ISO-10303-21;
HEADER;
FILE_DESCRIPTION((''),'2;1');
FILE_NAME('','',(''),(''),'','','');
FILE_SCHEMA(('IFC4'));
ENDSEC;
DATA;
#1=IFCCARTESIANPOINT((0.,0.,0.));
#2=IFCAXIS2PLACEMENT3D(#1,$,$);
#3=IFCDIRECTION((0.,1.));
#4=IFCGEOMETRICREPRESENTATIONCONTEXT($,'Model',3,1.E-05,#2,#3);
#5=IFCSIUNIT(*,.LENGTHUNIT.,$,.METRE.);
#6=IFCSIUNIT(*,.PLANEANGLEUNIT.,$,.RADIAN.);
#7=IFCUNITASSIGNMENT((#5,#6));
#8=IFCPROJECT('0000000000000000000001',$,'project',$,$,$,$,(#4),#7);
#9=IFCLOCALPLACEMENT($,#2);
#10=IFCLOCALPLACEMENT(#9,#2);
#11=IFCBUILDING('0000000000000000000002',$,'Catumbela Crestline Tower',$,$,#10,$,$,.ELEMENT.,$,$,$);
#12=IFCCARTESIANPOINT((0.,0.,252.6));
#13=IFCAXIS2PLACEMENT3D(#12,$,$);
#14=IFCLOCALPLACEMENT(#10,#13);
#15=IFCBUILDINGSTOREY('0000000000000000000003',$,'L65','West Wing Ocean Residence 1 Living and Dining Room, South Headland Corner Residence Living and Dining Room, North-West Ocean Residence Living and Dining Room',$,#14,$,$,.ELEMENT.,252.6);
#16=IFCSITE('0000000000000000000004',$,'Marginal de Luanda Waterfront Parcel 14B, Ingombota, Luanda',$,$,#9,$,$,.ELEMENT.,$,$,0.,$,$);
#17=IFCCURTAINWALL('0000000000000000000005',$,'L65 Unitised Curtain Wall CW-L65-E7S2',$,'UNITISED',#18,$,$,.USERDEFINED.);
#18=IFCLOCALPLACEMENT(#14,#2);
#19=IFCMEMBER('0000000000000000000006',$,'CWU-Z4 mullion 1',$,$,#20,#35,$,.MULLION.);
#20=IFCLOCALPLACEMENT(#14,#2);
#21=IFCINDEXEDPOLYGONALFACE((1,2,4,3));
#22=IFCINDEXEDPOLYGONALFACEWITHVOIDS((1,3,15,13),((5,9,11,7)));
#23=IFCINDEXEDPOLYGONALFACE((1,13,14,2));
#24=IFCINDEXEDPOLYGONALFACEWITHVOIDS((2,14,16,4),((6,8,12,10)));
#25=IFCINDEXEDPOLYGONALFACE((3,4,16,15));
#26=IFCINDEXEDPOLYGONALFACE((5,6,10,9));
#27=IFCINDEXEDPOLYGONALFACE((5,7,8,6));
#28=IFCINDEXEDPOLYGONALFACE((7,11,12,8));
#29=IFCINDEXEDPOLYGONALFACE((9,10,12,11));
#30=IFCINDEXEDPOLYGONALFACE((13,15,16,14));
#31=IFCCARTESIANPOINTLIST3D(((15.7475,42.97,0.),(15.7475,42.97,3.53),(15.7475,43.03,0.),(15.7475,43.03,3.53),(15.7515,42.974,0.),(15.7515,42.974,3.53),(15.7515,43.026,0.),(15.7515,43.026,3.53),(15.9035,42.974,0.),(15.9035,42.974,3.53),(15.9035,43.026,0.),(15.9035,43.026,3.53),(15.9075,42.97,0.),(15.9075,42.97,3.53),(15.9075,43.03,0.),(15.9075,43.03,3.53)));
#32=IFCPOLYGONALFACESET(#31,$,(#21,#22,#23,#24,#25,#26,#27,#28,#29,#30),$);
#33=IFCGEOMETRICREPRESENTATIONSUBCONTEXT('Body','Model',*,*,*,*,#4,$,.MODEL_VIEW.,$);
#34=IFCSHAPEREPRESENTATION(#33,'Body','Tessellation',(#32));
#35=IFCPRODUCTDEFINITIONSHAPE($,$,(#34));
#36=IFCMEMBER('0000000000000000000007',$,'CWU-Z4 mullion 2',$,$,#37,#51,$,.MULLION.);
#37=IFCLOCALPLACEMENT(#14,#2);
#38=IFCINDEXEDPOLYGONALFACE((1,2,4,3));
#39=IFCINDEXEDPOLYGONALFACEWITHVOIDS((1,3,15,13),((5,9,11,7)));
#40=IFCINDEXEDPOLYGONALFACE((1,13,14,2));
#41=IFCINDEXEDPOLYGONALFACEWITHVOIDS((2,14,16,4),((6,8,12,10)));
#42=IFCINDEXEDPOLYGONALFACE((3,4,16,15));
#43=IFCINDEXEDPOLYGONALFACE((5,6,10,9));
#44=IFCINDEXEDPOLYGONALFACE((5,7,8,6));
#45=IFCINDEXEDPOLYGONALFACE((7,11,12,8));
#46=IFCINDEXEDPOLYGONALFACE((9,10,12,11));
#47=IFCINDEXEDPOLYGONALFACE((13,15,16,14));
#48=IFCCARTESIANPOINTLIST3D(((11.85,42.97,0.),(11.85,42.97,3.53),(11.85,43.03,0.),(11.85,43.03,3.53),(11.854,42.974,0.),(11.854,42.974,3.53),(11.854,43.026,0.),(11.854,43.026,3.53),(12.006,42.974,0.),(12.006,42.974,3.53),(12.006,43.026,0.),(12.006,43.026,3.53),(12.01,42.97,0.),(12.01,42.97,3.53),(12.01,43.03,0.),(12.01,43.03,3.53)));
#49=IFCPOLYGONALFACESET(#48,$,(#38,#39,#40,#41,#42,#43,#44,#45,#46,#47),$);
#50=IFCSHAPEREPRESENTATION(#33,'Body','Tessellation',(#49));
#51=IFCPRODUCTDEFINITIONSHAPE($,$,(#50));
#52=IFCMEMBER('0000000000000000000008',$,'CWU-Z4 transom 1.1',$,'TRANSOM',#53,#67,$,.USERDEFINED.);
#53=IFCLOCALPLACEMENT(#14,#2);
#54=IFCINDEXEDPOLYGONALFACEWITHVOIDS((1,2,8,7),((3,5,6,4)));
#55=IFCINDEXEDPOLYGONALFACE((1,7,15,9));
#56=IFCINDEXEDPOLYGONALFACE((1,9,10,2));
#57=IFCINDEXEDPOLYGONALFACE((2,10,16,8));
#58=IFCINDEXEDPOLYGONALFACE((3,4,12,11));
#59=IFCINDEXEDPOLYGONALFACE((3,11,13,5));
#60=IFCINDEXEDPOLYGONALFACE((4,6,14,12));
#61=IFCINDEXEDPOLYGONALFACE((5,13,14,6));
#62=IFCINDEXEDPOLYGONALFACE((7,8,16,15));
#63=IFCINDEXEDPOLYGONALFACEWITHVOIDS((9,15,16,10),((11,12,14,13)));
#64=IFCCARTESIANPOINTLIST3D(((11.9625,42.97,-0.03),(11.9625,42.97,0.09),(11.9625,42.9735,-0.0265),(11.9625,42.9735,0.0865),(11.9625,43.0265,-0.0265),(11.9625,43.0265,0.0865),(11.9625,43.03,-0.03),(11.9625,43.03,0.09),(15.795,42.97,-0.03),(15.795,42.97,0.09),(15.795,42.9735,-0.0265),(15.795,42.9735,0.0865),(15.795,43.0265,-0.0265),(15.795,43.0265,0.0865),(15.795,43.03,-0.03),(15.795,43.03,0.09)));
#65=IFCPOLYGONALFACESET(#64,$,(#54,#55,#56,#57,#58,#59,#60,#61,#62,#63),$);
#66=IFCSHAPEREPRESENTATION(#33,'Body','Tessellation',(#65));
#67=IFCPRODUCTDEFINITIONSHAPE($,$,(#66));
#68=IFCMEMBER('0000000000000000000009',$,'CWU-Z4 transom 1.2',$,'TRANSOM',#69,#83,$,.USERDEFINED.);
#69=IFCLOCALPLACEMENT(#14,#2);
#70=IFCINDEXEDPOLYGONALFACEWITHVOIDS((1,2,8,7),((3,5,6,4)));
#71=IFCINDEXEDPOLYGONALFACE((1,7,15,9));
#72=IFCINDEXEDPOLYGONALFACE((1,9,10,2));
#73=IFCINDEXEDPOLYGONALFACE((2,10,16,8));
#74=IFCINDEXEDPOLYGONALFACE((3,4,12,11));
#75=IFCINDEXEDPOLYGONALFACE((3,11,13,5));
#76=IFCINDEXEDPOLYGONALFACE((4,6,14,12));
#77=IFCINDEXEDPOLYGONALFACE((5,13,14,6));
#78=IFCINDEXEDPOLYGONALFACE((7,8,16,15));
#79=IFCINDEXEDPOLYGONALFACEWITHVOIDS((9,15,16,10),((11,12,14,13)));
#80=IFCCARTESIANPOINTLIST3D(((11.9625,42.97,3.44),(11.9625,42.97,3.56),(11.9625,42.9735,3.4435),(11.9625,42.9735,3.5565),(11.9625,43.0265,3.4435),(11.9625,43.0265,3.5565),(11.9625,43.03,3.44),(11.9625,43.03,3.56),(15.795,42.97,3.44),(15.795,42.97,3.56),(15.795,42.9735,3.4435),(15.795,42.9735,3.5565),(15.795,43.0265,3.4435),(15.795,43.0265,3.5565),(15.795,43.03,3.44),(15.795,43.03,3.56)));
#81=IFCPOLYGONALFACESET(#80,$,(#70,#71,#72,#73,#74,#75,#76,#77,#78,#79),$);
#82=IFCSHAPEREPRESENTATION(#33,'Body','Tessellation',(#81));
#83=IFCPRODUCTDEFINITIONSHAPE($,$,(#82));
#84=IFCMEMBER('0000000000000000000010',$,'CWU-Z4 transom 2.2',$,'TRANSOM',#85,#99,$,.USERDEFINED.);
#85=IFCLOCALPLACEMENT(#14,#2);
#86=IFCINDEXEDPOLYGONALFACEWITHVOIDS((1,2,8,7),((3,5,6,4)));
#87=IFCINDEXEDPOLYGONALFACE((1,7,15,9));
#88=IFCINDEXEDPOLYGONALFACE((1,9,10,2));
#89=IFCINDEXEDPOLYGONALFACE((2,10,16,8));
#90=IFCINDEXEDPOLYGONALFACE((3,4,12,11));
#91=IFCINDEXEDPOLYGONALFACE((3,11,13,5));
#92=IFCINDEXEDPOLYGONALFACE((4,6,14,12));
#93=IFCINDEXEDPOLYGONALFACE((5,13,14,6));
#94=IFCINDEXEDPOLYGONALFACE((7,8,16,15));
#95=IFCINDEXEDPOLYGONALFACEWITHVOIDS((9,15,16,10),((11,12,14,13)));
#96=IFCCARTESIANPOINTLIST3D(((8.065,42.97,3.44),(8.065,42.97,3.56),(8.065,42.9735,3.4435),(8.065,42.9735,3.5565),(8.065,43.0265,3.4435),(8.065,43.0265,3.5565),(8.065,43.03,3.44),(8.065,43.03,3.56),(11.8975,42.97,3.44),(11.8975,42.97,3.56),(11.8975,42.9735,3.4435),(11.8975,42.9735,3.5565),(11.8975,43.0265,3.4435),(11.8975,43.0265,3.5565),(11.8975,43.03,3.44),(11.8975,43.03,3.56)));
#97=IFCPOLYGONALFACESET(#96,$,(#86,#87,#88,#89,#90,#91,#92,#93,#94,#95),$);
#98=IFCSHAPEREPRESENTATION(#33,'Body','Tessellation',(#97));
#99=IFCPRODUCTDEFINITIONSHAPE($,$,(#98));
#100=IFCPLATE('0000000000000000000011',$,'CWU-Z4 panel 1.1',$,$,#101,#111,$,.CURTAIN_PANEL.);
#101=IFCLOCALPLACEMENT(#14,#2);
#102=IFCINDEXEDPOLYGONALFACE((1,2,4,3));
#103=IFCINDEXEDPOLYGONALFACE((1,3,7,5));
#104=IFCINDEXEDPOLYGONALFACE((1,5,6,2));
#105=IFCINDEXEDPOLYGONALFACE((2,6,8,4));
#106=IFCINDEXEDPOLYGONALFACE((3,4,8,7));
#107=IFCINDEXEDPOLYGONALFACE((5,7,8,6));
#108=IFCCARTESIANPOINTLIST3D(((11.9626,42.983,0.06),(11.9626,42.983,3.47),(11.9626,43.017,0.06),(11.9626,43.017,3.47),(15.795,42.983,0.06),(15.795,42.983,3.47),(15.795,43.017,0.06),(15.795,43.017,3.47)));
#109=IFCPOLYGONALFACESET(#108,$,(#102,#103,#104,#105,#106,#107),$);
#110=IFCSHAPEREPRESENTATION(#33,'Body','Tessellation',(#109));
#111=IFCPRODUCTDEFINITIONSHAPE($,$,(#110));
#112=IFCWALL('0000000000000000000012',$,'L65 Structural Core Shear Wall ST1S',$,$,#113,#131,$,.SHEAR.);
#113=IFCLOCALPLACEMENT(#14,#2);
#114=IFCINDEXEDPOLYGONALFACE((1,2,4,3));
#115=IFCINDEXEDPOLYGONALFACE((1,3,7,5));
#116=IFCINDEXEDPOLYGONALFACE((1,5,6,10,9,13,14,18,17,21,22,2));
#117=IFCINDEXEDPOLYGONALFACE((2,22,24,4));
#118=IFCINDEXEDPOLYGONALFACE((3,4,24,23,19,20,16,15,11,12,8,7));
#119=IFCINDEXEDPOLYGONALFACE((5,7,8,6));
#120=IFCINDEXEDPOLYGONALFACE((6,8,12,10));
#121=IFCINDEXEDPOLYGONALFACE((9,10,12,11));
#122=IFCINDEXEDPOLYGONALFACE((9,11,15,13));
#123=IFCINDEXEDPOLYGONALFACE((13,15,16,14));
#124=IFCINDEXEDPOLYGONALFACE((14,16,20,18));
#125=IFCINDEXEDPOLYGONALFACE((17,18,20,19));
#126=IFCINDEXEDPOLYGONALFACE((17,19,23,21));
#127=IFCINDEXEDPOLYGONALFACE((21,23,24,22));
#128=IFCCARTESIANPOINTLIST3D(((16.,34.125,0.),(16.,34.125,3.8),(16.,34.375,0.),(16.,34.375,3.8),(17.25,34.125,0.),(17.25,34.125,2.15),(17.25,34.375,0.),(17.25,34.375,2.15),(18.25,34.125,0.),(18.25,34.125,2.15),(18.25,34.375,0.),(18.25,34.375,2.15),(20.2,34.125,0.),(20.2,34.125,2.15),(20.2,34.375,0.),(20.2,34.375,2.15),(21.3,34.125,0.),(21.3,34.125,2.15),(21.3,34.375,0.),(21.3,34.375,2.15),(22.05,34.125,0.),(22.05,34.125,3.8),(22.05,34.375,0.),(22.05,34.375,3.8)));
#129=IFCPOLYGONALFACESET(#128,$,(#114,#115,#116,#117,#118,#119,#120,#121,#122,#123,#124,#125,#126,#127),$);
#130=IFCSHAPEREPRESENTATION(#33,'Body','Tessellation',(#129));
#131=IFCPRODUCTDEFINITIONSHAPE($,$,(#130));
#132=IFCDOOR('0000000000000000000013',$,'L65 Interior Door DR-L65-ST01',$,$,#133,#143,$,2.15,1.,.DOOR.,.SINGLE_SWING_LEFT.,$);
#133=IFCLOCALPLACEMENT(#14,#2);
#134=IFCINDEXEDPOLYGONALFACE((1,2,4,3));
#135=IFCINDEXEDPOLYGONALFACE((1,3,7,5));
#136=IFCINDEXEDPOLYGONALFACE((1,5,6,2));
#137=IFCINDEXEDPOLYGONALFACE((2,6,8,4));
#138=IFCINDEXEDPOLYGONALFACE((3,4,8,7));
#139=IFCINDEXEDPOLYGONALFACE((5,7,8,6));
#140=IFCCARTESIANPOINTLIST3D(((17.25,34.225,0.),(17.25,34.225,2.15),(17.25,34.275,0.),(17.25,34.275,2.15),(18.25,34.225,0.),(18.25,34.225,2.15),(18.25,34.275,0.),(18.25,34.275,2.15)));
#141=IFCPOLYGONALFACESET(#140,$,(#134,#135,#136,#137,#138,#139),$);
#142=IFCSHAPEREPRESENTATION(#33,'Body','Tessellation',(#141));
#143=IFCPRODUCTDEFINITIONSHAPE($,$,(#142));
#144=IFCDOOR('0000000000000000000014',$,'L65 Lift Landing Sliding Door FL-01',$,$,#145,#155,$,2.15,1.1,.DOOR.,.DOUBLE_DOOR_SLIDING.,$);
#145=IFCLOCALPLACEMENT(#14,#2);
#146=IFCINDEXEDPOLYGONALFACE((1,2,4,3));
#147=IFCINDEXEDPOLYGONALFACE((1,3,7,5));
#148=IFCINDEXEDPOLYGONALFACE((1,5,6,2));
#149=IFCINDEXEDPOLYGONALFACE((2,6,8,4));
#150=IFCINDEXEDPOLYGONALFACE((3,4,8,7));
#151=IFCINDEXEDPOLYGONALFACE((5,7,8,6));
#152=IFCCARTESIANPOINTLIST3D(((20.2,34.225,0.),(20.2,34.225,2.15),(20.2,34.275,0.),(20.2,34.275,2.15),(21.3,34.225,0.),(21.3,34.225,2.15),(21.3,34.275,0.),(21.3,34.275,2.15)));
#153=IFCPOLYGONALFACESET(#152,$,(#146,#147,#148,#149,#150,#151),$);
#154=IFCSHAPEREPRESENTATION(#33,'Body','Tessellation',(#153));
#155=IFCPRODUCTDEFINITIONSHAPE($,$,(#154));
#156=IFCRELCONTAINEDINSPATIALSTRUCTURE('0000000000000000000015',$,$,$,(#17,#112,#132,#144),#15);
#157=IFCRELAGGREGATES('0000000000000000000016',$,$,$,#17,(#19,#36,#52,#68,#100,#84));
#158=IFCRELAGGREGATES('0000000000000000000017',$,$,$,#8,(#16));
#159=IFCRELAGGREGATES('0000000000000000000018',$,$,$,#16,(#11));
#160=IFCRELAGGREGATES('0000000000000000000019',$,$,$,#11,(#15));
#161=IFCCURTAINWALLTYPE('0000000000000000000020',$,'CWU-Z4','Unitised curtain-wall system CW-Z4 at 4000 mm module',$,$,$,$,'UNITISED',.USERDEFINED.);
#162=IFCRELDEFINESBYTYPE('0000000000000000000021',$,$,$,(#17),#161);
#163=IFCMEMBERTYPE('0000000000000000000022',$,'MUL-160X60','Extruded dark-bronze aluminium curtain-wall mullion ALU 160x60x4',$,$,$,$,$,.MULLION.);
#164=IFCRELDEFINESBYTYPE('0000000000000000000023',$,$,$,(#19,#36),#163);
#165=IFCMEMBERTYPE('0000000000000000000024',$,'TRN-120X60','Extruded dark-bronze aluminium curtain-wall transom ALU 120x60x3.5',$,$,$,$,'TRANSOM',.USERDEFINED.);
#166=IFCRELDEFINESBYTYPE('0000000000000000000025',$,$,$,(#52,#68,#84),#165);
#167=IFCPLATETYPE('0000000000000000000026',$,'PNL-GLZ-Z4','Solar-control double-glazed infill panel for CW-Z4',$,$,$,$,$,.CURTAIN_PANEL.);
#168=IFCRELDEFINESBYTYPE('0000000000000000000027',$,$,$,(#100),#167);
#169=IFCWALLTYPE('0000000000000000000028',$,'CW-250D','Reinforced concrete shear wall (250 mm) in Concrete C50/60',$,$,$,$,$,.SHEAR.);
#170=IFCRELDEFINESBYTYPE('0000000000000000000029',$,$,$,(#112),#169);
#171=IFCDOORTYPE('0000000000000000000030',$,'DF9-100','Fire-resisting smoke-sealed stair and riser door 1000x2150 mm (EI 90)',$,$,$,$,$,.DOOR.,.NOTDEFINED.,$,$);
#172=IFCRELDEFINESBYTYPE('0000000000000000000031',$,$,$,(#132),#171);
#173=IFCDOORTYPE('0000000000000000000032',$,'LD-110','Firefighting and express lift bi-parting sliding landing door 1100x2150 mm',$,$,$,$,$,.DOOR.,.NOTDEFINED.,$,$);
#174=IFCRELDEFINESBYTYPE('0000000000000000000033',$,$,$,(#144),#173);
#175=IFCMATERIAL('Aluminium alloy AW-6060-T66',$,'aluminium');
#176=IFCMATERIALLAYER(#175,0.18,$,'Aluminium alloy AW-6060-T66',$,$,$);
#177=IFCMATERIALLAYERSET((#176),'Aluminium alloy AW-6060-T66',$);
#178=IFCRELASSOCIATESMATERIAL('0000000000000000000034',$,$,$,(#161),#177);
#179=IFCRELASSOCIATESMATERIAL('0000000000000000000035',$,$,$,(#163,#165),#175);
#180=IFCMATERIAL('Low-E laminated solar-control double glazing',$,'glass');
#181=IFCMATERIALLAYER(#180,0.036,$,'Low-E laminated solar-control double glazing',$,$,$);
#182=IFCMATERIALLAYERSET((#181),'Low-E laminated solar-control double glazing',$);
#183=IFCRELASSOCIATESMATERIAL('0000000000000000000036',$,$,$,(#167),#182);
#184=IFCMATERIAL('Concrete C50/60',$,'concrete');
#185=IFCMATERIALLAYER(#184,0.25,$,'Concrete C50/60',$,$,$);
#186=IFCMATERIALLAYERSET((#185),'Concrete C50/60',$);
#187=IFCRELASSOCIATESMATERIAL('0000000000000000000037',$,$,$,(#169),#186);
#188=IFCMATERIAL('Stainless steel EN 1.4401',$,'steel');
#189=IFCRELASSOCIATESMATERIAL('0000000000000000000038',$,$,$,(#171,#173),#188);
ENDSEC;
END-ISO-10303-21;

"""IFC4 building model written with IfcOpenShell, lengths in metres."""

from ifc_helpers import new_model, si_unit, direction, frame, frame_2d, origin, origin_2d, place, context, subcontext, project, spatial, rectangle, hollow_rectangle, extrude, material, layer, layer_set, material_profile, profile_set, type_object, element, fill, aggregate, save


model = new_model("IFC4")

# Units and contexts
model_context = context("Model", 3, precision=1e-05, world=origin(), true_north=direction((0.0, 1.0)))
body_context = subcontext(model_context, "Body", "Model", "MODEL_VIEW")
ifc_project = project(units=[si_unit("LENGTHUNIT", "METRE"), si_unit("PLANEANGLEUNIT", "RADIAN")], contexts=[model_context])

# Site, building, storey
site_placement = place(None, origin())
site = spatial("IfcSite", under=ifc_project, at=site_placement, Name="Marginal de Luanda Waterfront Parcel 14B, Ingombota, Luanda", CompositionType="ELEMENT", RefElevation=0.0)
building_placement = place(site_placement, origin())
building = spatial("IfcBuilding", under=site, at=building_placement, Name="Catumbela Crestline Tower", CompositionType="ELEMENT")
storey_placement = place(building_placement, frame((0.0, 0.0, 252.6)))
storey = spatial("IfcBuildingStorey", under=building, at=storey_placement, Name="L65", Description="West Wing Ocean Residence 1 Living and Dining Room, South Headland Corner Residence Living and Dining Room, North-West Ocean Residence Living and Dining Room", CompositionType="ELEMENT", Elevation=252.6)

# Curtain wall, members, plate
ifc_material_1 = material(Name="Aluminium alloy AW-6060-T66", Category="aluminium")
ifc_layer_1 = layer(ifc_material_1, 0.18, Name="Aluminium alloy AW-6060-T66")
ifc_layer_set_1 = layer_set([ifc_layer_1], Name="Aluminium alloy AW-6060-T66")
curtain_wall_type = type_object("IfcCurtainWallType", Name="CWU-Z4", Description="Unitised curtain-wall system CW-Z4 at 4000 mm module", ElementType="UNITISED", PredefinedType="USERDEFINED", material=ifc_layer_set_1)
curtain_wall_placement = place(storey_placement, origin())
curtain_wall = element("IfcCurtainWall", 1, at=curtain_wall_placement, inside=storey, type_object=curtain_wall_type, Name="L65 Unitised Curtain Wall CW-L65-E7S2", ObjectType="UNITISED", PredefinedType="USERDEFINED")
ifc_material_profile_1 = material_profile(ifc_material_1, hollow_rectangle(XDim=0.06, YDim=0.16, WallThickness=0.004, at=origin_2d()), Name="ALU 160x60x4")
ifc_profile_set_1 = profile_set([ifc_material_profile_1], Name="Aluminium alloy AW-6060-T66")
member_type_1 = type_object("IfcMemberType", Name="MUL-160X60", Description="Extruded dark-bronze aluminium curtain-wall mullion ALU 160x60x4", PredefinedType="MULLION", material=ifc_profile_set_1)
member_1_placement = place(storey_placement, frame((15.8275, 43.0, 0.0), z_axis=(0.0, 0.0, 1.0), x_axis=(0.0, -1.0, 0.0)))
member_1 = element("IfcMember", 2, at=member_1_placement, type_object=member_type_1, Name="CWU-Z4 mullion 1", PredefinedType="MULLION", context=body_context, shape_type="SweptSolid", body=[
    extrude(hollow_rectangle(XDim=0.06, YDim=0.16, WallThickness=0.004, at=origin_2d()), origin(), (0.0, 0.0, 1.0), 3.53),
])
member_2_placement = place(storey_placement, frame((11.93, 43.0, 0.0), z_axis=(0.0, 0.0, 1.0), x_axis=(0.0, -1.0, 0.0)))
member_2 = element("IfcMember", 3, at=member_2_placement, type_object=member_type_1, Name="CWU-Z4 mullion 2", PredefinedType="MULLION", context=body_context, shape_type="SweptSolid", body=[
    extrude(hollow_rectangle(XDim=0.06, YDim=0.16, WallThickness=0.004, at=origin_2d()), origin(), (0.0, 0.0, 1.0), 3.53),
])
ifc_material_profile_2 = material_profile(ifc_material_1, hollow_rectangle(XDim=0.06, YDim=0.12, WallThickness=0.0035, at=origin_2d()), Name="ALU 120x60x3.5")
ifc_profile_set_2 = profile_set([ifc_material_profile_2], Name="Aluminium alloy AW-6060-T66")
member_type_2 = type_object("IfcMemberType", Name="TRN-120X60", Description="Extruded dark-bronze aluminium curtain-wall transom ALU 120x60x3.5", ElementType="TRANSOM", PredefinedType="USERDEFINED", material=ifc_profile_set_2)
member_3_placement = place(storey_placement, frame((15.795, 43.0, 0.03), z_axis=(-1.0, 0.0, 0.0), x_axis=(0.0, -1.0, 0.0)))
member_3 = element("IfcMember", 4, at=member_3_placement, type_object=member_type_2, Name="CWU-Z4 transom 1.1", ObjectType="TRANSOM", PredefinedType="USERDEFINED", context=body_context, shape_type="SweptSolid", body=[
    extrude(hollow_rectangle(XDim=0.06, YDim=0.12, WallThickness=0.0035, at=origin_2d()), origin(), (0.0, 0.0, 1.0), 3.8325),
])
member_4_placement = place(storey_placement, frame((15.795, 43.0, 3.5), z_axis=(-1.0, 0.0, 0.0), x_axis=(0.0, -1.0, 0.0)))
member_4 = element("IfcMember", 5, at=member_4_placement, type_object=member_type_2, Name="CWU-Z4 transom 1.2", ObjectType="TRANSOM", PredefinedType="USERDEFINED", context=body_context, shape_type="SweptSolid", body=[
    extrude(hollow_rectangle(XDim=0.06, YDim=0.12, WallThickness=0.0035, at=origin_2d()), origin(), (0.0, 0.0, 1.0), 3.8325),
])
member_5_placement = place(storey_placement, frame((11.8975, 43.0, 3.5), z_axis=(-1.0, 0.0, 0.0), x_axis=(0.0, -1.0, 0.0)))
member_5 = element("IfcMember", 6, at=member_5_placement, type_object=member_type_2, Name="CWU-Z4 transom 2.2", ObjectType="TRANSOM", PredefinedType="USERDEFINED", context=body_context, shape_type="SweptSolid", body=[
    extrude(hollow_rectangle(XDim=0.06, YDim=0.12, WallThickness=0.0035, at=origin_2d()), origin(), (0.0, 0.0, 1.0), 3.8325),
])
ifc_material_2 = material(Name="Low-E laminated solar-control double glazing", Category="glass")
ifc_layer_2 = layer(ifc_material_2, 0.036, Name="Low-E laminated solar-control double glazing")
ifc_layer_set_2 = layer_set([ifc_layer_2], Name="Low-E laminated solar-control double glazing")
plate_type = type_object("IfcPlateType", Name="PNL-GLZ-Z4", Description="Solar-control double-glazed infill panel for CW-Z4", PredefinedType="CURTAIN_PANEL", material=ifc_layer_set_2)
plate_placement = place(storey_placement, frame((13.8788, 43.0, 0.06), z_axis=(0.0, 0.0, 1.0), x_axis=(-1.0, 0.0, 0.0)))
plate = element("IfcPlate", 7, at=plate_placement, type_object=plate_type, Name="CWU-Z4 panel 1.1", PredefinedType="CURTAIN_PANEL", context=body_context, shape_type="SweptSolid", body=[
    extrude(rectangle(XDim=3.8325, YDim=0.034, at=origin_2d()), origin(), (0.0, 0.0, 1.0), 3.41),
])
aggregate(curtain_wall, [member_1, member_2, member_3, member_4, plate, member_5])

# Wall, openings, doors
ifc_material_3 = material(Name="Concrete C50/60", Category="concrete")
ifc_layer_3 = layer(ifc_material_3, 0.25, Name="Concrete C50/60")
ifc_layer_set_3 = layer_set([ifc_layer_3], Name="Concrete C50/60")
wall_type_1 = type_object("IfcWallType", Name="CW-250D", Description="Reinforced concrete shear wall (250 mm) in Concrete C50/60", PredefinedType="SHEAR", material=ifc_layer_set_3)
wall_1_placement = place(storey_placement, frame((16.0, 34.25, 0.0), z_axis=(0.0, 0.0, 1.0), x_axis=(1.0, 0.0, 0.0)))
wall_1 = element("IfcWall", 8, at=wall_1_placement, inside=storey, type_object=wall_type_1, Name="L65 Structural Core Shear Wall ST1S", PredefinedType="SHEAR", context=body_context, shape_type="SweptSolid", body=[
    extrude(rectangle(XDim=6.05, YDim=0.25, at=frame_2d((3.025, 0.0))), origin(), (0.0, 0.0, 1.0), 3.8),
])
opening_1_placement = place(wall_1_placement, frame((1.25, 0.0, 0.0)))
opening_1 = element("IfcOpeningElement", 9, at=opening_1_placement, cuts=wall_1, PredefinedType="OPENING", context=body_context, shape_type="SweptSolid", body=[
    extrude(rectangle(XDim=1.0, YDim=2.15, at=frame_2d((0.5, 1.075))), frame((0.0, 0.135, 0.0), z_axis=(0.0, -1.0, 0.0), x_axis=(1.0, 0.0, 0.0)), (0.0, 0.0, 1.0), 0.27),
])
opening_2_placement = place(wall_1_placement, frame((4.2, 0.0, 0.0)))
opening_2 = element("IfcOpeningElement", 10, at=opening_2_placement, cuts=wall_1, PredefinedType="OPENING", context=body_context, shape_type="SweptSolid", body=[
    extrude(rectangle(XDim=1.1, YDim=2.15, at=frame_2d((0.55, 1.075))), frame((0.0, 0.135, 0.0), z_axis=(0.0, -1.0, 0.0), x_axis=(1.0, 0.0, 0.0)), (0.0, 0.0, 1.0), 0.27),
])
ifc_material_4 = material(Name="Stainless steel EN 1.4401", Category="steel")
door_type_1 = type_object("IfcDoorType", Name="DF9-100", Description="Fire-resisting smoke-sealed stair and riser door 1000x2150 mm (EI 90)", OperationType="NOTDEFINED", PredefinedType="DOOR", material=ifc_material_4)
door_1_placement = place(opening_1_placement, origin())
door_1 = element("IfcDoor", 11, at=door_1_placement, inside=storey, type_object=door_type_1, Name="L65 Interior Door DR-L65-ST01", OperationType="SINGLE_SWING_LEFT", OverallHeight=2.15, OverallWidth=1.0, PredefinedType="DOOR", context=body_context, shape_type="SweptSolid", body=[
    extrude(rectangle(XDim=1.0, YDim=2.15, at=frame_2d((0.5, 1.075))), frame((0.0, 0.025, 0.0), z_axis=(0.0, -1.0, 0.0), x_axis=(1.0, 0.0, 0.0)), (0.0, 0.0, 1.0), 0.05),
])
fill(opening_1, door_1)
door_type_2 = type_object("IfcDoorType", Name="LD-110", Description="Firefighting and express lift bi-parting sliding landing door 1100x2150 mm", OperationType="NOTDEFINED", PredefinedType="DOOR", material=ifc_material_4)
door_2_placement = place(opening_2_placement, origin())
door_2 = element("IfcDoor", 12, at=door_2_placement, inside=storey, type_object=door_type_2, Name="L65 Lift Landing Sliding Door FL-01", OperationType="DOUBLE_DOOR_SLIDING", OverallHeight=2.15, OverallWidth=1.1, PredefinedType="DOOR", context=body_context, shape_type="SweptSolid", body=[
    extrude(rectangle(XDim=1.1, YDim=2.15, at=frame_2d((0.55, 1.075))), frame((0.0, 0.025, 0.0), z_axis=(0.0, -1.0, 0.0), x_axis=(1.0, 0.0, 0.0)), (0.0, 0.0, 1.0), 0.05),
])
fill(opening_2, door_2)

save(model, "model.ifc")
